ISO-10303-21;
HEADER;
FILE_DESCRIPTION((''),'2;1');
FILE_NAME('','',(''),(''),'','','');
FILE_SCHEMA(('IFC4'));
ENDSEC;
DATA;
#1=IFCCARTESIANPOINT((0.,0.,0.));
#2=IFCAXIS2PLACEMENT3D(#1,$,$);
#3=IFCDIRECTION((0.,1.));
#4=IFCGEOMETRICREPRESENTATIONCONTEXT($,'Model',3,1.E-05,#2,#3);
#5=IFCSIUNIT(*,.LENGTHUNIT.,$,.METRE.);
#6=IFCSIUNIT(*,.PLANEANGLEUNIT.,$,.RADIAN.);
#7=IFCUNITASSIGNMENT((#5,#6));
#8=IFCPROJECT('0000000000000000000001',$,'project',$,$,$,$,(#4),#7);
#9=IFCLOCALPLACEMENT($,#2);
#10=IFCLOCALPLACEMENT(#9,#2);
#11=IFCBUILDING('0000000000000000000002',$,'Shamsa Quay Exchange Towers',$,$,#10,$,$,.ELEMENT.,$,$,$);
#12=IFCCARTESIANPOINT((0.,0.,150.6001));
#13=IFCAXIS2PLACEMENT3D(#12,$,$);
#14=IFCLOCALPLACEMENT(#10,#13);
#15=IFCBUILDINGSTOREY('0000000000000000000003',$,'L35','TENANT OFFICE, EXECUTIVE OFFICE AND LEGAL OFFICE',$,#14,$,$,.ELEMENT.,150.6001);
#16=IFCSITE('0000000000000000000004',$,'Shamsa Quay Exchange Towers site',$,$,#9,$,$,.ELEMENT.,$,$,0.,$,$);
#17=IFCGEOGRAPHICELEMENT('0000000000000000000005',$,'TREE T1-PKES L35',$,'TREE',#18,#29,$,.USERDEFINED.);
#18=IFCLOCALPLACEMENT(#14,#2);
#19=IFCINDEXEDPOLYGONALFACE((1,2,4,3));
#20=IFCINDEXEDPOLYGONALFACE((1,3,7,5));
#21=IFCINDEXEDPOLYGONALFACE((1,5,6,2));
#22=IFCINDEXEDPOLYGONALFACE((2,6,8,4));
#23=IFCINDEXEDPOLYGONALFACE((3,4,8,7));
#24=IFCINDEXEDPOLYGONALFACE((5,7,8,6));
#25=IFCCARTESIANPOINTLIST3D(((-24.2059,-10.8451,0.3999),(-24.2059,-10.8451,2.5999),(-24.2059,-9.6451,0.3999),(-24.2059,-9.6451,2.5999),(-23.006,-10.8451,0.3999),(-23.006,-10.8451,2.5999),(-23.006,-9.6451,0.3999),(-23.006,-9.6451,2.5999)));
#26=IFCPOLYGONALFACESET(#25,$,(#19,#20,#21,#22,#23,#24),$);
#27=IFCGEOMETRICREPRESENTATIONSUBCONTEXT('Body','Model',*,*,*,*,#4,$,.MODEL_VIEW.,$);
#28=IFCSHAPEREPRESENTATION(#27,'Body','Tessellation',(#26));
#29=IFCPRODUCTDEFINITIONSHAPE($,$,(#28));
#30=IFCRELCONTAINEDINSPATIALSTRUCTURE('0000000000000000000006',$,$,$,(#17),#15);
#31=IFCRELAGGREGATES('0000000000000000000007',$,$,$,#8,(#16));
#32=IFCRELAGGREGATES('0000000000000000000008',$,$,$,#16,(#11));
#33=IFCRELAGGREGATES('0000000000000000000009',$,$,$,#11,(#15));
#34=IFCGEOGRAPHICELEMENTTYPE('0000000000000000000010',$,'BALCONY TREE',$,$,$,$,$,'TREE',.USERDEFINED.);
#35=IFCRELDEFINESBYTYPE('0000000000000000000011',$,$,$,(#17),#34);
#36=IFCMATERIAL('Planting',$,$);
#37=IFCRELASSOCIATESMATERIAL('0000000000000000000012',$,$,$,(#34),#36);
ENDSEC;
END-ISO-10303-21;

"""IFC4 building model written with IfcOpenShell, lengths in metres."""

from ifc_helpers import new_model, si_unit, direction, frame, origin, origin_2d, place, context, subcontext, project, spatial, rectangle, extrude, material, type_object, element, save


model = new_model("IFC4")

# Units and contexts
model_context = context("Model", 3, precision=1e-05, world=origin(), true_north=direction((0.0, 1.0)))
body_context = subcontext(model_context, "Body", "Model", "MODEL_VIEW")
ifc_project = project(units=[si_unit("LENGTHUNIT", "METRE"), si_unit("PLANEANGLEUNIT", "RADIAN")], contexts=[model_context])

# Site, building, storey
site_placement = place(None, origin())
site = spatial("IfcSite", under=ifc_project, at=site_placement, Name="Shamsa Quay Exchange Towers site", CompositionType="ELEMENT", RefElevation=0.0)
building_placement = place(site_placement, origin())
building = spatial("IfcBuilding", under=site, at=building_placement, Name="Shamsa Quay Exchange Towers", CompositionType="ELEMENT")
storey_placement = place(building_placement, frame((0.0, 0.0, 150.6001)))
storey = spatial("IfcBuildingStorey", under=building, at=storey_placement, Name="L35", Description="TENANT OFFICE, EXECUTIVE OFFICE AND LEGAL OFFICE", CompositionType="ELEMENT", Elevation=150.6001)

# Geographic element
ifc_material_1 = material(Name="Planting")
geographic_element_type = type_object("IfcGeographicElementType", Name="BALCONY TREE", ElementType="TREE", PredefinedType="USERDEFINED", material=ifc_material_1)
geographic_element_placement = place(storey_placement, frame((-23.606, -10.2451, 0.3999)))
element("IfcGeographicElement", 1, at=geographic_element_placement, inside=storey, type_object=geographic_element_type, Name="TREE T1-PKES L35", ObjectType="TREE", PredefinedType="USERDEFINED", context=body_context, shape_type="SweptSolid", body=[
    extrude(rectangle(XDim=1.2, YDim=1.2, at=origin_2d()), origin(), (0.0, 0.0, 1.0), 2.2),
])

save(model, "model.ifc")
